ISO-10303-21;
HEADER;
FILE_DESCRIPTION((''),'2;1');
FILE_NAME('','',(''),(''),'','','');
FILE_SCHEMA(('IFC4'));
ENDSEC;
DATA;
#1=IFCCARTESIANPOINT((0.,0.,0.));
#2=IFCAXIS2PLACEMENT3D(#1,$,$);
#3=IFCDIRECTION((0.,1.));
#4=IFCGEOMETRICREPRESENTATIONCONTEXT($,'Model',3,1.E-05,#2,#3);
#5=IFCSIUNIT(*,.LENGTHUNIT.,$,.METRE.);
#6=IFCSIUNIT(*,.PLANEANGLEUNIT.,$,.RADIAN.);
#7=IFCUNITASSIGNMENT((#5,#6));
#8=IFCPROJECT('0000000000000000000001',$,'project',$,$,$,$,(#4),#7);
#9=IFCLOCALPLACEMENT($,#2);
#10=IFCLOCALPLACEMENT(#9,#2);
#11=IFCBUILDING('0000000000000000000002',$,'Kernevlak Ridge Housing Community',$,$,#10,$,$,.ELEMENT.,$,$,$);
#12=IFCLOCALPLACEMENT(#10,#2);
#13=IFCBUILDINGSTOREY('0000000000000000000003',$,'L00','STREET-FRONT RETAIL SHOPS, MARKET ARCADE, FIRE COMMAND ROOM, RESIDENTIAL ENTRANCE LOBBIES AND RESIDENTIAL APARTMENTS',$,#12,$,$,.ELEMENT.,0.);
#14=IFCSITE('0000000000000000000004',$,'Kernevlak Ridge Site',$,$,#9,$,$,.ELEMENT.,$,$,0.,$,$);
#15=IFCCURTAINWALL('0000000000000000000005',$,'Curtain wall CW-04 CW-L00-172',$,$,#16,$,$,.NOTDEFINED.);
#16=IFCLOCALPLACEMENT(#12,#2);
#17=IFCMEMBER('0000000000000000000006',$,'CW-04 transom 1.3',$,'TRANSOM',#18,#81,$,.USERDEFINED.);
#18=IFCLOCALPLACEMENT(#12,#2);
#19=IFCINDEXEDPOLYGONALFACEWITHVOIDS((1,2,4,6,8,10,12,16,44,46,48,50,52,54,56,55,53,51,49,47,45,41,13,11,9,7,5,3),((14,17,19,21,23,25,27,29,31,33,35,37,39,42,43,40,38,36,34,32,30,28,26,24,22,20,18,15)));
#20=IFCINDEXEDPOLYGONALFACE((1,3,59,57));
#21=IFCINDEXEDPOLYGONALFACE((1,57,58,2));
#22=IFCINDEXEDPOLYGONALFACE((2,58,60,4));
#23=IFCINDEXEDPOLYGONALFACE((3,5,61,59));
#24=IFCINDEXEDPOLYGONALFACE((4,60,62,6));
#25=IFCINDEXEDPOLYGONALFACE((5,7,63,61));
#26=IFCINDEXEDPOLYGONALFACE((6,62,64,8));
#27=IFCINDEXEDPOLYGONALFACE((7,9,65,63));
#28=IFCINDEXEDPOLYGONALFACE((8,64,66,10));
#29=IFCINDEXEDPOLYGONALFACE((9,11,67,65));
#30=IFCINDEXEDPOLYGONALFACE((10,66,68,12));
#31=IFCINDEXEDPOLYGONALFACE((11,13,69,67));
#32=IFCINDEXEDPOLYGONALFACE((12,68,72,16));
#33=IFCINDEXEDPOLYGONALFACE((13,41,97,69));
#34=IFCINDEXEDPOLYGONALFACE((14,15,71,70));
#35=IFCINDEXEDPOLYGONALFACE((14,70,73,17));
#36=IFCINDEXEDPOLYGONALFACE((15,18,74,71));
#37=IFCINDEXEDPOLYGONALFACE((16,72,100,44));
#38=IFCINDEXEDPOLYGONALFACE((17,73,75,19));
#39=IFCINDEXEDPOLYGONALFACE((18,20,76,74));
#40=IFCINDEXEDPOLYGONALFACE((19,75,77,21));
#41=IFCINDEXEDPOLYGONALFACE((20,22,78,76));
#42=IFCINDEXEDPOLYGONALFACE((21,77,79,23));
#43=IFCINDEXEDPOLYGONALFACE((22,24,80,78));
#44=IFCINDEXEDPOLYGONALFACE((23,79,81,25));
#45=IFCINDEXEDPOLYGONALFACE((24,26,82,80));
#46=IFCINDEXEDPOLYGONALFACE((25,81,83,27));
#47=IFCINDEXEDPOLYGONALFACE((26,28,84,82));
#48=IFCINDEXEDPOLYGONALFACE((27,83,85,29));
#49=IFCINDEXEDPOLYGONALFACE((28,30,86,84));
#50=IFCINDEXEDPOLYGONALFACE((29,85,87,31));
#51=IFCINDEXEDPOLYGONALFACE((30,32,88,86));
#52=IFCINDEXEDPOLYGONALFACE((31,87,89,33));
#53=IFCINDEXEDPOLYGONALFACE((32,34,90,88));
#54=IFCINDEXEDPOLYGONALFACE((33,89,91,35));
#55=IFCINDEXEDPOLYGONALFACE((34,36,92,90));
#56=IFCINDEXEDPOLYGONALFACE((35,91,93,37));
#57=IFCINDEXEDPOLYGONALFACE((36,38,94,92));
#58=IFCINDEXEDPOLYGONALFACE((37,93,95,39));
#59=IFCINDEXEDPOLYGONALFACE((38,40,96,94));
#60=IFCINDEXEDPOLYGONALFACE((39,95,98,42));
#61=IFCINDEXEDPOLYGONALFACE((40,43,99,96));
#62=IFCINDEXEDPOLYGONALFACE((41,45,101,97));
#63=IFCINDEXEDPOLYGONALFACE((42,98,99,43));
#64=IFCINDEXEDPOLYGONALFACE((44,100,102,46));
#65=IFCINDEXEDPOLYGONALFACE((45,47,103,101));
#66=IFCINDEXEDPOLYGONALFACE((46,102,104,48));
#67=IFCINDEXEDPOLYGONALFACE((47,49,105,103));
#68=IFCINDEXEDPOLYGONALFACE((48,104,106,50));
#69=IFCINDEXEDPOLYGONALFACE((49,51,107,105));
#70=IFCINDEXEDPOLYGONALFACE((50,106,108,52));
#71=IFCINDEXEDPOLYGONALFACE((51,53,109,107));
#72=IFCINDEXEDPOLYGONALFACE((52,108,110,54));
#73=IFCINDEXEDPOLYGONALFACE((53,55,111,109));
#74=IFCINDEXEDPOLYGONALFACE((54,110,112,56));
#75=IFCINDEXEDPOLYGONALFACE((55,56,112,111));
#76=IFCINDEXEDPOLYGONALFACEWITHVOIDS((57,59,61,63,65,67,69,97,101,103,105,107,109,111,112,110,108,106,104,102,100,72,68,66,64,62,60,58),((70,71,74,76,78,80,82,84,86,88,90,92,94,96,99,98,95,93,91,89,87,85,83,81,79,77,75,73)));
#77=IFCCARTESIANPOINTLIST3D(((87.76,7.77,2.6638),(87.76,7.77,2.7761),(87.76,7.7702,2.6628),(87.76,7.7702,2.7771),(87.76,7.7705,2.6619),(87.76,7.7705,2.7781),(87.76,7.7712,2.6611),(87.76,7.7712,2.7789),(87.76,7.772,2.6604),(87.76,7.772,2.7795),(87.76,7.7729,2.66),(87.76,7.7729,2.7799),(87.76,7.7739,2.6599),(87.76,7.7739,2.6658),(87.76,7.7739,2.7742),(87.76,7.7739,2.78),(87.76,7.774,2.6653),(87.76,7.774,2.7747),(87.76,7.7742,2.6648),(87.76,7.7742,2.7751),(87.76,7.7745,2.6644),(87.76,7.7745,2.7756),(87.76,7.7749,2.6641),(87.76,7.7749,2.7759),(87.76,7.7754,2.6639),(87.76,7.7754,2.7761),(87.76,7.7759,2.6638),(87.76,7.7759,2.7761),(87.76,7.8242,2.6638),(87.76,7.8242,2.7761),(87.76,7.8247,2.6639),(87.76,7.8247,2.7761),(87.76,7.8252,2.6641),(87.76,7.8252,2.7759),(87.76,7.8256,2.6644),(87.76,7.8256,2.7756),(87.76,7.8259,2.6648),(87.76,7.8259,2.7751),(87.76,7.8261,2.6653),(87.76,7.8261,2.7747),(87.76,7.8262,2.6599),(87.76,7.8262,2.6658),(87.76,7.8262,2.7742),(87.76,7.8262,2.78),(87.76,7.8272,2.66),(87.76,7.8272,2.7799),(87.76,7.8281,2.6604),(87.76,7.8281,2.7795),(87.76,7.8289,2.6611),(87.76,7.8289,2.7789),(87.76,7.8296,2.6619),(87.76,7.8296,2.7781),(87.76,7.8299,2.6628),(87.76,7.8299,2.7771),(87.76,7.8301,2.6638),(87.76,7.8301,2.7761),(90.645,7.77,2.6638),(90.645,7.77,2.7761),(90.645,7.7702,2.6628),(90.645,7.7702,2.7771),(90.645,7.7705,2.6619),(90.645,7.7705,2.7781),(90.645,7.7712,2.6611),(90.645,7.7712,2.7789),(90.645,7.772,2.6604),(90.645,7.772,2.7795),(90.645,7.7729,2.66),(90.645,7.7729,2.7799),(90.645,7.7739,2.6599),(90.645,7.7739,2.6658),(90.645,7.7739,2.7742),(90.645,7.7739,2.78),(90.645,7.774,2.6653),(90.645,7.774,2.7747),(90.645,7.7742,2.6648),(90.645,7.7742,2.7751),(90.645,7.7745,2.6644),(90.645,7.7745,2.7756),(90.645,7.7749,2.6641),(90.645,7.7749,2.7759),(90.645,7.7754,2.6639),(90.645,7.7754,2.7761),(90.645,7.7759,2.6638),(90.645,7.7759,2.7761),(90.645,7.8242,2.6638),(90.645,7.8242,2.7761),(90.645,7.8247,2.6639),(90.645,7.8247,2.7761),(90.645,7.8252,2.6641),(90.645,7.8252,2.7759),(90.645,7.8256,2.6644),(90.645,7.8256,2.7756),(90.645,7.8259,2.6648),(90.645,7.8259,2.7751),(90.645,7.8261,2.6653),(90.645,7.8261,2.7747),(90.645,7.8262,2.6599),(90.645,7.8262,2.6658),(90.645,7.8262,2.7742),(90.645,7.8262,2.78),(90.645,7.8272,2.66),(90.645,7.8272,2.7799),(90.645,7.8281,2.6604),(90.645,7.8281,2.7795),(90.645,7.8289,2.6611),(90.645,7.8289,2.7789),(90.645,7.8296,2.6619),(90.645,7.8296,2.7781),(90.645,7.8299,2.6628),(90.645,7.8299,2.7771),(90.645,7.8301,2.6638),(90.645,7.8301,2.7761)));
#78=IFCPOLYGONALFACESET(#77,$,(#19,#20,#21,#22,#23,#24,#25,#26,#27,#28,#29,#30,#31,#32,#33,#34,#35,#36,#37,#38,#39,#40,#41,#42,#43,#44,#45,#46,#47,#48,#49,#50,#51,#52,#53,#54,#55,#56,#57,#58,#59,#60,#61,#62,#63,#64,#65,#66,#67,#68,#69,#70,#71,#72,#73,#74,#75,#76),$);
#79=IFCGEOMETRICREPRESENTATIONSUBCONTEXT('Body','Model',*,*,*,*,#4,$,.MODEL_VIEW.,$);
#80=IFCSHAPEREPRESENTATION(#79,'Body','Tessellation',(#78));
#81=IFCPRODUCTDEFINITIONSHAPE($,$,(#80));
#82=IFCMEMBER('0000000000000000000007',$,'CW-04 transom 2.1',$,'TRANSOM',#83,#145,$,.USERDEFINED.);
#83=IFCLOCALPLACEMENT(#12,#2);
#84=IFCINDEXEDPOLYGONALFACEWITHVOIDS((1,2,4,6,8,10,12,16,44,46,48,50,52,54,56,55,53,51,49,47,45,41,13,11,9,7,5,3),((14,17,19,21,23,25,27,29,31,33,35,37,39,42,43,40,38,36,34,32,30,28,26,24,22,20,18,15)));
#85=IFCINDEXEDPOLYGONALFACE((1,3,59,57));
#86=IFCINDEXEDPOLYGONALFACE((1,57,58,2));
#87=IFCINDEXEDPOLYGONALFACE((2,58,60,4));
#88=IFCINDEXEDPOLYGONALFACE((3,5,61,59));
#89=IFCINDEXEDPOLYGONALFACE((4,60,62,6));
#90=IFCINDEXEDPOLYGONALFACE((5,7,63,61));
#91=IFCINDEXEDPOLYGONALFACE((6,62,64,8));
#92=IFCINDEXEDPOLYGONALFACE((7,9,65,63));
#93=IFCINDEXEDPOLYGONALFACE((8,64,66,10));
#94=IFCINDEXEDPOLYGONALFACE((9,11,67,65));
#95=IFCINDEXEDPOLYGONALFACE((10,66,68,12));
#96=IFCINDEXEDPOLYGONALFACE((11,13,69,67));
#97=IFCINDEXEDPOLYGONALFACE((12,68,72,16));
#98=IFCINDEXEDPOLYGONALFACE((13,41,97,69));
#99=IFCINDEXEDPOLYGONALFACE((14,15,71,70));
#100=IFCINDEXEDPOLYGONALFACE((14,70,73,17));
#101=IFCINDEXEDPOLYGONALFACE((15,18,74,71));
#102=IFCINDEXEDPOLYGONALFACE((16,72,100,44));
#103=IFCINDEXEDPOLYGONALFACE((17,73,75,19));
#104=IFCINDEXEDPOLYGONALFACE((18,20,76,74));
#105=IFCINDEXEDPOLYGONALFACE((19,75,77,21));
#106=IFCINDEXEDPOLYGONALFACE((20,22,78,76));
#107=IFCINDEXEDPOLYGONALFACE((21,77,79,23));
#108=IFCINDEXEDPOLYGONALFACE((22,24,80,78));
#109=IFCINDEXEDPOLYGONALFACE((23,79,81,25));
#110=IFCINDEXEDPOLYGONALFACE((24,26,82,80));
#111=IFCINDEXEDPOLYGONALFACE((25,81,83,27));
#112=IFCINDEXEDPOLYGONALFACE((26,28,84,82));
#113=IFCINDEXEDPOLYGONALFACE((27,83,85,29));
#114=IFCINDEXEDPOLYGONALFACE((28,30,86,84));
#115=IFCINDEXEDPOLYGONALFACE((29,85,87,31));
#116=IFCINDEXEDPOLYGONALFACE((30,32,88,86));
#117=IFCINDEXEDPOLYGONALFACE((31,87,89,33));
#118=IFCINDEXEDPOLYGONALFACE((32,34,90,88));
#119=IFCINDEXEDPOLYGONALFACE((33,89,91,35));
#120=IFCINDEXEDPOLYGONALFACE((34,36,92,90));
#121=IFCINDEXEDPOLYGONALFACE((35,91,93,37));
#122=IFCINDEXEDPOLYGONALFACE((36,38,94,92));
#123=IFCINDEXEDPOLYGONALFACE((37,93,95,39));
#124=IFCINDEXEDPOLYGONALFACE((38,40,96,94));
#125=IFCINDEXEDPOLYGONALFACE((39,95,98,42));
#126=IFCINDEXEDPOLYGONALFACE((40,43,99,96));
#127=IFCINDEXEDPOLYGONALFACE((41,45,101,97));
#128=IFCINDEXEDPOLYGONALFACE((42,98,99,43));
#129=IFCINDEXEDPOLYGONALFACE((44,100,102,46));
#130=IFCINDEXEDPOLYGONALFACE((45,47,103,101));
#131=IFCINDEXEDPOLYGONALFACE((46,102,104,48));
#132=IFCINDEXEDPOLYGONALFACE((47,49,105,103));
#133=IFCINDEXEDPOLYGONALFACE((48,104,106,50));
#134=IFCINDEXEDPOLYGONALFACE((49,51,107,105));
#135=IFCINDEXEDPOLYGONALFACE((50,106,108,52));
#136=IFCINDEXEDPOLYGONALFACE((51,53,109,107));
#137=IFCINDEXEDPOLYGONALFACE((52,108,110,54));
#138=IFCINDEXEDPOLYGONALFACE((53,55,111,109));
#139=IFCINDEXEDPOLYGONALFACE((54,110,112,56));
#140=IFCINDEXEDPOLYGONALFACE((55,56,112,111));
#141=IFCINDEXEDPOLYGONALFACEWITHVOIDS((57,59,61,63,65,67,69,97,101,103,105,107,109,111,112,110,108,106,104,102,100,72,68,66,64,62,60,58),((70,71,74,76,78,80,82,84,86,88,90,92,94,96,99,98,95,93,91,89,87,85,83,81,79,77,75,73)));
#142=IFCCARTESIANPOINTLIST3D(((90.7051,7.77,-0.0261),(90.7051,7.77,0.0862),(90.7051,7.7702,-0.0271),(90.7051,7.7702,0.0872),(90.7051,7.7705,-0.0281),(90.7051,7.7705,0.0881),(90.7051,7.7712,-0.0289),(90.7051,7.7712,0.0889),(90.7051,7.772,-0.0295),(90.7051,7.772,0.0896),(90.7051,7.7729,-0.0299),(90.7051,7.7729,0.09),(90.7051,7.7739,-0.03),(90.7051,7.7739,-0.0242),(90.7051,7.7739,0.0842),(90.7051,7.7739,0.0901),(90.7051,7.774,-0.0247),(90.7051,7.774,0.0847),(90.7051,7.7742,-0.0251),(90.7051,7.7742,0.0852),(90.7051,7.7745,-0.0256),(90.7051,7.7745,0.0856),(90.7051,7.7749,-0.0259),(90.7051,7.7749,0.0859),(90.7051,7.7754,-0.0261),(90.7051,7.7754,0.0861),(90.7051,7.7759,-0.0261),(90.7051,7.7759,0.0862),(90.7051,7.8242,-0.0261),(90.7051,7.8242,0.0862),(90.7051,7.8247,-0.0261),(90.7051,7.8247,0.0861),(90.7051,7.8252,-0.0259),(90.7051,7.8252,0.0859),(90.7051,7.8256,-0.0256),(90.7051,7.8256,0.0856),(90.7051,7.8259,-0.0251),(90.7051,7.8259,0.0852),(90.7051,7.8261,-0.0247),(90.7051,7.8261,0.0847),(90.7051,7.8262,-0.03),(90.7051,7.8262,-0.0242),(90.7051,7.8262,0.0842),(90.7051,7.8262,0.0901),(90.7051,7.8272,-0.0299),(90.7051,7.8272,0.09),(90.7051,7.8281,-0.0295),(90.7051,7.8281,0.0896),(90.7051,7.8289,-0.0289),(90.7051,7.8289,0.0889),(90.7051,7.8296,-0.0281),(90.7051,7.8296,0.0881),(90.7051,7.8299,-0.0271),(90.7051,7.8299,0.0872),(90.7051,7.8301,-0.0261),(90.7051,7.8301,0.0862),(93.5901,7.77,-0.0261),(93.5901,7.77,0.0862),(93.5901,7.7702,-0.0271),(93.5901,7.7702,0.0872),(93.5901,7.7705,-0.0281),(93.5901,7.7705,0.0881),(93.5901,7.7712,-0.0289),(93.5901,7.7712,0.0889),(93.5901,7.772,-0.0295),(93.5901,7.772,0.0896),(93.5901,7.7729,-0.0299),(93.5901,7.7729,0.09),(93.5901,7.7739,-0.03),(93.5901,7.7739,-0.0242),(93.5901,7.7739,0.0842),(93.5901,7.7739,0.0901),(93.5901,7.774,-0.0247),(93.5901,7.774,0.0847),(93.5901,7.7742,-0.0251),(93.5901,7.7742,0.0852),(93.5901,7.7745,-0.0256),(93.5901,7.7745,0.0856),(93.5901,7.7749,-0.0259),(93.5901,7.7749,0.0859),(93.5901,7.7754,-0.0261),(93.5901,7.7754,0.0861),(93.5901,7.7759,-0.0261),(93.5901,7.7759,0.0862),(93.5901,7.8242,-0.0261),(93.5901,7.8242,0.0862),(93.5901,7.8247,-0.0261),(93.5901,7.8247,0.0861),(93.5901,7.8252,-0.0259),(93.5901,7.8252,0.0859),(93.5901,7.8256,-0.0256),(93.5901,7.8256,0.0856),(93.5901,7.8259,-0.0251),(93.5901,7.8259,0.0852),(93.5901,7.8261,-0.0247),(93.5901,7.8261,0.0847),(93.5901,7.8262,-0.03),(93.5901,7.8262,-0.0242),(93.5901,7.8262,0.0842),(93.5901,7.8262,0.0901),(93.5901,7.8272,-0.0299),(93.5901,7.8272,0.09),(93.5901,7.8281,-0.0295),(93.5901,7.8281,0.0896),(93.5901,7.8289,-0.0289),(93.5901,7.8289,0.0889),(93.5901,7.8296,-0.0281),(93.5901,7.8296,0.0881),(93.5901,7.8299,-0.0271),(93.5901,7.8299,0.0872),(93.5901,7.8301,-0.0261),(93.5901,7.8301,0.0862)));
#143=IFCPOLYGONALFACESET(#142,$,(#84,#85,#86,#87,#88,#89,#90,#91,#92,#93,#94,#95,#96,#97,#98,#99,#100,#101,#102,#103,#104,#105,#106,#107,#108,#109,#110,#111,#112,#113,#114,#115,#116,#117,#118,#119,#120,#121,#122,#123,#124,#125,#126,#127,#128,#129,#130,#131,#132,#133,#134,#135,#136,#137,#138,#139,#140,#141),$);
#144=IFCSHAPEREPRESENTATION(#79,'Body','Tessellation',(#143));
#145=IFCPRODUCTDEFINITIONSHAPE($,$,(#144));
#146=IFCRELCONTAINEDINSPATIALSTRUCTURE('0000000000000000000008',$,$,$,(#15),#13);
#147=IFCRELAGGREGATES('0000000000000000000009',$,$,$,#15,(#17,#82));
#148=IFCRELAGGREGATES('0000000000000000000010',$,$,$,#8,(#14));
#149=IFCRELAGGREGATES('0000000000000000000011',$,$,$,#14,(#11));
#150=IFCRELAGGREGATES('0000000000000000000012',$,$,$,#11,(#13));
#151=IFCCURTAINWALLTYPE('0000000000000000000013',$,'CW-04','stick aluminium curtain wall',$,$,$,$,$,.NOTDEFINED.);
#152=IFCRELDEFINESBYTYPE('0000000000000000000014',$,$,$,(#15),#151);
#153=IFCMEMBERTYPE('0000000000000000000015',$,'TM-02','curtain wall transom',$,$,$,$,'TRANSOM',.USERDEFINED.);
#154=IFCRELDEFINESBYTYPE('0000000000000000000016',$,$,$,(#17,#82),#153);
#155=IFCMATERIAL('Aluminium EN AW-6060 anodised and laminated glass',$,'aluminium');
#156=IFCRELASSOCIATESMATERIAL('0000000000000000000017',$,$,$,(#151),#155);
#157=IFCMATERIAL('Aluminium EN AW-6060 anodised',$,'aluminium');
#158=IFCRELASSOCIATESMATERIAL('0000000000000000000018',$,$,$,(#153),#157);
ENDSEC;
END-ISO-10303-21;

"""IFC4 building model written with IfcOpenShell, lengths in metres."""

from ifc_helpers import new_model, si_unit, direction, frame, origin, origin_2d, place, context, subcontext, project, spatial, hollow_rectangle, extrude, material, material_profile, profile_set, type_object, element, aggregate, save


model = new_model("IFC4")

# Units and contexts
model_context = context("Model", 3, precision=1e-05, world=origin(), true_north=direction((0.0, 1.0)))
body_context = subcontext(model_context, "Body", "Model", "MODEL_VIEW")
ifc_project = project(units=[si_unit("LENGTHUNIT", "METRE"), si_unit("PLANEANGLEUNIT", "RADIAN")], contexts=[model_context])

# Site, building, storey
site_placement = place(None, origin())
site = spatial("IfcSite", under=ifc_project, at=site_placement, Name="Kernevlak Ridge Site", CompositionType="ELEMENT", RefElevation=0.0)
building_placement = place(site_placement, origin())
building = spatial("IfcBuilding", under=site, at=building_placement, Name="Kernevlak Ridge Housing Community", CompositionType="ELEMENT")
storey_placement = place(building_placement, origin())
storey = spatial("IfcBuildingStorey", under=building, at=storey_placement, Name="L00", Description="STREET-FRONT RETAIL SHOPS, MARKET ARCADE, FIRE COMMAND ROOM, RESIDENTIAL ENTRANCE LOBBIES AND RESIDENTIAL APARTMENTS", CompositionType="ELEMENT", Elevation=0.0)

# Curtain wall
ifc_material_1 = material(Name="Aluminium EN AW-6060 anodised and laminated glass", Category="aluminium")
curtain_wall_type = type_object("IfcCurtainWallType", Name="CW-04", Description="stick aluminium curtain wall", PredefinedType="NOTDEFINED", material=ifc_material_1)
curtain_wall_placement = place(storey_placement, origin())
curtain_wall = element("IfcCurtainWall", 1, at=curtain_wall_placement, inside=storey, type_object=curtain_wall_type, Name="Curtain wall CW-04 CW-L00-172", PredefinedType="NOTDEFINED")
ifc_material_2 = material(Name="Aluminium EN AW-6060 anodised", Category="aluminium")

# Members
ifc_material_profile_1 = material_profile(ifc_material_2, hollow_rectangle(XDim=0.0601, YDim=0.1201, WallThickness=0.0039, InnerFilletRadius=0.002, OuterFilletRadius=0.0039, at=origin_2d()), Name="ALU 60x120x4")
ifc_profile_set_1 = profile_set([ifc_material_profile_1], Name="Aluminium EN AW-6060 anodised")
member_type_1 = type_object("IfcMemberType", Name="TM-02", Description="curtain wall transom", ElementType="TRANSOM", PredefinedType="USERDEFINED", material=ifc_profile_set_1)
member_1_placement = place(storey_placement, frame((87.76, 7.8, 2.72), z_axis=(1.0, 0.0, 0.0), x_axis=(0.0, 1.0, 0.0)))
member_1 = element("IfcMember", 2, at=member_1_placement, type_object=member_type_1, Name="CW-04 transom 1.3", ObjectType="TRANSOM", PredefinedType="USERDEFINED", context=body_context, shape_type="SweptSolid", body=[
    extrude(hollow_rectangle(XDim=0.0601, YDim=0.1201, WallThickness=0.0039, InnerFilletRadius=0.002, OuterFilletRadius=0.0039, at=origin_2d()), origin(), (0.0, 0.0, 1.0), 2.885),
])
member_2_placement = place(storey_placement, frame((90.7051, 7.8, 0.03), z_axis=(1.0, 0.0, 0.0), x_axis=(0.0, 1.0, 0.0)))
member_2 = element("IfcMember", 3, at=member_2_placement, type_object=member_type_1, Name="CW-04 transom 2.1", ObjectType="TRANSOM", PredefinedType="USERDEFINED", context=body_context, shape_type="SweptSolid", body=[
    extrude(hollow_rectangle(XDim=0.0601, YDim=0.1201, WallThickness=0.0039, InnerFilletRadius=0.002, OuterFilletRadius=0.0039, at=origin_2d()), origin(), (0.0, 0.0, 1.0), 2.885),
])

aggregate(curtain_wall, [member_1, member_2])

save(model, "model.ifc")
